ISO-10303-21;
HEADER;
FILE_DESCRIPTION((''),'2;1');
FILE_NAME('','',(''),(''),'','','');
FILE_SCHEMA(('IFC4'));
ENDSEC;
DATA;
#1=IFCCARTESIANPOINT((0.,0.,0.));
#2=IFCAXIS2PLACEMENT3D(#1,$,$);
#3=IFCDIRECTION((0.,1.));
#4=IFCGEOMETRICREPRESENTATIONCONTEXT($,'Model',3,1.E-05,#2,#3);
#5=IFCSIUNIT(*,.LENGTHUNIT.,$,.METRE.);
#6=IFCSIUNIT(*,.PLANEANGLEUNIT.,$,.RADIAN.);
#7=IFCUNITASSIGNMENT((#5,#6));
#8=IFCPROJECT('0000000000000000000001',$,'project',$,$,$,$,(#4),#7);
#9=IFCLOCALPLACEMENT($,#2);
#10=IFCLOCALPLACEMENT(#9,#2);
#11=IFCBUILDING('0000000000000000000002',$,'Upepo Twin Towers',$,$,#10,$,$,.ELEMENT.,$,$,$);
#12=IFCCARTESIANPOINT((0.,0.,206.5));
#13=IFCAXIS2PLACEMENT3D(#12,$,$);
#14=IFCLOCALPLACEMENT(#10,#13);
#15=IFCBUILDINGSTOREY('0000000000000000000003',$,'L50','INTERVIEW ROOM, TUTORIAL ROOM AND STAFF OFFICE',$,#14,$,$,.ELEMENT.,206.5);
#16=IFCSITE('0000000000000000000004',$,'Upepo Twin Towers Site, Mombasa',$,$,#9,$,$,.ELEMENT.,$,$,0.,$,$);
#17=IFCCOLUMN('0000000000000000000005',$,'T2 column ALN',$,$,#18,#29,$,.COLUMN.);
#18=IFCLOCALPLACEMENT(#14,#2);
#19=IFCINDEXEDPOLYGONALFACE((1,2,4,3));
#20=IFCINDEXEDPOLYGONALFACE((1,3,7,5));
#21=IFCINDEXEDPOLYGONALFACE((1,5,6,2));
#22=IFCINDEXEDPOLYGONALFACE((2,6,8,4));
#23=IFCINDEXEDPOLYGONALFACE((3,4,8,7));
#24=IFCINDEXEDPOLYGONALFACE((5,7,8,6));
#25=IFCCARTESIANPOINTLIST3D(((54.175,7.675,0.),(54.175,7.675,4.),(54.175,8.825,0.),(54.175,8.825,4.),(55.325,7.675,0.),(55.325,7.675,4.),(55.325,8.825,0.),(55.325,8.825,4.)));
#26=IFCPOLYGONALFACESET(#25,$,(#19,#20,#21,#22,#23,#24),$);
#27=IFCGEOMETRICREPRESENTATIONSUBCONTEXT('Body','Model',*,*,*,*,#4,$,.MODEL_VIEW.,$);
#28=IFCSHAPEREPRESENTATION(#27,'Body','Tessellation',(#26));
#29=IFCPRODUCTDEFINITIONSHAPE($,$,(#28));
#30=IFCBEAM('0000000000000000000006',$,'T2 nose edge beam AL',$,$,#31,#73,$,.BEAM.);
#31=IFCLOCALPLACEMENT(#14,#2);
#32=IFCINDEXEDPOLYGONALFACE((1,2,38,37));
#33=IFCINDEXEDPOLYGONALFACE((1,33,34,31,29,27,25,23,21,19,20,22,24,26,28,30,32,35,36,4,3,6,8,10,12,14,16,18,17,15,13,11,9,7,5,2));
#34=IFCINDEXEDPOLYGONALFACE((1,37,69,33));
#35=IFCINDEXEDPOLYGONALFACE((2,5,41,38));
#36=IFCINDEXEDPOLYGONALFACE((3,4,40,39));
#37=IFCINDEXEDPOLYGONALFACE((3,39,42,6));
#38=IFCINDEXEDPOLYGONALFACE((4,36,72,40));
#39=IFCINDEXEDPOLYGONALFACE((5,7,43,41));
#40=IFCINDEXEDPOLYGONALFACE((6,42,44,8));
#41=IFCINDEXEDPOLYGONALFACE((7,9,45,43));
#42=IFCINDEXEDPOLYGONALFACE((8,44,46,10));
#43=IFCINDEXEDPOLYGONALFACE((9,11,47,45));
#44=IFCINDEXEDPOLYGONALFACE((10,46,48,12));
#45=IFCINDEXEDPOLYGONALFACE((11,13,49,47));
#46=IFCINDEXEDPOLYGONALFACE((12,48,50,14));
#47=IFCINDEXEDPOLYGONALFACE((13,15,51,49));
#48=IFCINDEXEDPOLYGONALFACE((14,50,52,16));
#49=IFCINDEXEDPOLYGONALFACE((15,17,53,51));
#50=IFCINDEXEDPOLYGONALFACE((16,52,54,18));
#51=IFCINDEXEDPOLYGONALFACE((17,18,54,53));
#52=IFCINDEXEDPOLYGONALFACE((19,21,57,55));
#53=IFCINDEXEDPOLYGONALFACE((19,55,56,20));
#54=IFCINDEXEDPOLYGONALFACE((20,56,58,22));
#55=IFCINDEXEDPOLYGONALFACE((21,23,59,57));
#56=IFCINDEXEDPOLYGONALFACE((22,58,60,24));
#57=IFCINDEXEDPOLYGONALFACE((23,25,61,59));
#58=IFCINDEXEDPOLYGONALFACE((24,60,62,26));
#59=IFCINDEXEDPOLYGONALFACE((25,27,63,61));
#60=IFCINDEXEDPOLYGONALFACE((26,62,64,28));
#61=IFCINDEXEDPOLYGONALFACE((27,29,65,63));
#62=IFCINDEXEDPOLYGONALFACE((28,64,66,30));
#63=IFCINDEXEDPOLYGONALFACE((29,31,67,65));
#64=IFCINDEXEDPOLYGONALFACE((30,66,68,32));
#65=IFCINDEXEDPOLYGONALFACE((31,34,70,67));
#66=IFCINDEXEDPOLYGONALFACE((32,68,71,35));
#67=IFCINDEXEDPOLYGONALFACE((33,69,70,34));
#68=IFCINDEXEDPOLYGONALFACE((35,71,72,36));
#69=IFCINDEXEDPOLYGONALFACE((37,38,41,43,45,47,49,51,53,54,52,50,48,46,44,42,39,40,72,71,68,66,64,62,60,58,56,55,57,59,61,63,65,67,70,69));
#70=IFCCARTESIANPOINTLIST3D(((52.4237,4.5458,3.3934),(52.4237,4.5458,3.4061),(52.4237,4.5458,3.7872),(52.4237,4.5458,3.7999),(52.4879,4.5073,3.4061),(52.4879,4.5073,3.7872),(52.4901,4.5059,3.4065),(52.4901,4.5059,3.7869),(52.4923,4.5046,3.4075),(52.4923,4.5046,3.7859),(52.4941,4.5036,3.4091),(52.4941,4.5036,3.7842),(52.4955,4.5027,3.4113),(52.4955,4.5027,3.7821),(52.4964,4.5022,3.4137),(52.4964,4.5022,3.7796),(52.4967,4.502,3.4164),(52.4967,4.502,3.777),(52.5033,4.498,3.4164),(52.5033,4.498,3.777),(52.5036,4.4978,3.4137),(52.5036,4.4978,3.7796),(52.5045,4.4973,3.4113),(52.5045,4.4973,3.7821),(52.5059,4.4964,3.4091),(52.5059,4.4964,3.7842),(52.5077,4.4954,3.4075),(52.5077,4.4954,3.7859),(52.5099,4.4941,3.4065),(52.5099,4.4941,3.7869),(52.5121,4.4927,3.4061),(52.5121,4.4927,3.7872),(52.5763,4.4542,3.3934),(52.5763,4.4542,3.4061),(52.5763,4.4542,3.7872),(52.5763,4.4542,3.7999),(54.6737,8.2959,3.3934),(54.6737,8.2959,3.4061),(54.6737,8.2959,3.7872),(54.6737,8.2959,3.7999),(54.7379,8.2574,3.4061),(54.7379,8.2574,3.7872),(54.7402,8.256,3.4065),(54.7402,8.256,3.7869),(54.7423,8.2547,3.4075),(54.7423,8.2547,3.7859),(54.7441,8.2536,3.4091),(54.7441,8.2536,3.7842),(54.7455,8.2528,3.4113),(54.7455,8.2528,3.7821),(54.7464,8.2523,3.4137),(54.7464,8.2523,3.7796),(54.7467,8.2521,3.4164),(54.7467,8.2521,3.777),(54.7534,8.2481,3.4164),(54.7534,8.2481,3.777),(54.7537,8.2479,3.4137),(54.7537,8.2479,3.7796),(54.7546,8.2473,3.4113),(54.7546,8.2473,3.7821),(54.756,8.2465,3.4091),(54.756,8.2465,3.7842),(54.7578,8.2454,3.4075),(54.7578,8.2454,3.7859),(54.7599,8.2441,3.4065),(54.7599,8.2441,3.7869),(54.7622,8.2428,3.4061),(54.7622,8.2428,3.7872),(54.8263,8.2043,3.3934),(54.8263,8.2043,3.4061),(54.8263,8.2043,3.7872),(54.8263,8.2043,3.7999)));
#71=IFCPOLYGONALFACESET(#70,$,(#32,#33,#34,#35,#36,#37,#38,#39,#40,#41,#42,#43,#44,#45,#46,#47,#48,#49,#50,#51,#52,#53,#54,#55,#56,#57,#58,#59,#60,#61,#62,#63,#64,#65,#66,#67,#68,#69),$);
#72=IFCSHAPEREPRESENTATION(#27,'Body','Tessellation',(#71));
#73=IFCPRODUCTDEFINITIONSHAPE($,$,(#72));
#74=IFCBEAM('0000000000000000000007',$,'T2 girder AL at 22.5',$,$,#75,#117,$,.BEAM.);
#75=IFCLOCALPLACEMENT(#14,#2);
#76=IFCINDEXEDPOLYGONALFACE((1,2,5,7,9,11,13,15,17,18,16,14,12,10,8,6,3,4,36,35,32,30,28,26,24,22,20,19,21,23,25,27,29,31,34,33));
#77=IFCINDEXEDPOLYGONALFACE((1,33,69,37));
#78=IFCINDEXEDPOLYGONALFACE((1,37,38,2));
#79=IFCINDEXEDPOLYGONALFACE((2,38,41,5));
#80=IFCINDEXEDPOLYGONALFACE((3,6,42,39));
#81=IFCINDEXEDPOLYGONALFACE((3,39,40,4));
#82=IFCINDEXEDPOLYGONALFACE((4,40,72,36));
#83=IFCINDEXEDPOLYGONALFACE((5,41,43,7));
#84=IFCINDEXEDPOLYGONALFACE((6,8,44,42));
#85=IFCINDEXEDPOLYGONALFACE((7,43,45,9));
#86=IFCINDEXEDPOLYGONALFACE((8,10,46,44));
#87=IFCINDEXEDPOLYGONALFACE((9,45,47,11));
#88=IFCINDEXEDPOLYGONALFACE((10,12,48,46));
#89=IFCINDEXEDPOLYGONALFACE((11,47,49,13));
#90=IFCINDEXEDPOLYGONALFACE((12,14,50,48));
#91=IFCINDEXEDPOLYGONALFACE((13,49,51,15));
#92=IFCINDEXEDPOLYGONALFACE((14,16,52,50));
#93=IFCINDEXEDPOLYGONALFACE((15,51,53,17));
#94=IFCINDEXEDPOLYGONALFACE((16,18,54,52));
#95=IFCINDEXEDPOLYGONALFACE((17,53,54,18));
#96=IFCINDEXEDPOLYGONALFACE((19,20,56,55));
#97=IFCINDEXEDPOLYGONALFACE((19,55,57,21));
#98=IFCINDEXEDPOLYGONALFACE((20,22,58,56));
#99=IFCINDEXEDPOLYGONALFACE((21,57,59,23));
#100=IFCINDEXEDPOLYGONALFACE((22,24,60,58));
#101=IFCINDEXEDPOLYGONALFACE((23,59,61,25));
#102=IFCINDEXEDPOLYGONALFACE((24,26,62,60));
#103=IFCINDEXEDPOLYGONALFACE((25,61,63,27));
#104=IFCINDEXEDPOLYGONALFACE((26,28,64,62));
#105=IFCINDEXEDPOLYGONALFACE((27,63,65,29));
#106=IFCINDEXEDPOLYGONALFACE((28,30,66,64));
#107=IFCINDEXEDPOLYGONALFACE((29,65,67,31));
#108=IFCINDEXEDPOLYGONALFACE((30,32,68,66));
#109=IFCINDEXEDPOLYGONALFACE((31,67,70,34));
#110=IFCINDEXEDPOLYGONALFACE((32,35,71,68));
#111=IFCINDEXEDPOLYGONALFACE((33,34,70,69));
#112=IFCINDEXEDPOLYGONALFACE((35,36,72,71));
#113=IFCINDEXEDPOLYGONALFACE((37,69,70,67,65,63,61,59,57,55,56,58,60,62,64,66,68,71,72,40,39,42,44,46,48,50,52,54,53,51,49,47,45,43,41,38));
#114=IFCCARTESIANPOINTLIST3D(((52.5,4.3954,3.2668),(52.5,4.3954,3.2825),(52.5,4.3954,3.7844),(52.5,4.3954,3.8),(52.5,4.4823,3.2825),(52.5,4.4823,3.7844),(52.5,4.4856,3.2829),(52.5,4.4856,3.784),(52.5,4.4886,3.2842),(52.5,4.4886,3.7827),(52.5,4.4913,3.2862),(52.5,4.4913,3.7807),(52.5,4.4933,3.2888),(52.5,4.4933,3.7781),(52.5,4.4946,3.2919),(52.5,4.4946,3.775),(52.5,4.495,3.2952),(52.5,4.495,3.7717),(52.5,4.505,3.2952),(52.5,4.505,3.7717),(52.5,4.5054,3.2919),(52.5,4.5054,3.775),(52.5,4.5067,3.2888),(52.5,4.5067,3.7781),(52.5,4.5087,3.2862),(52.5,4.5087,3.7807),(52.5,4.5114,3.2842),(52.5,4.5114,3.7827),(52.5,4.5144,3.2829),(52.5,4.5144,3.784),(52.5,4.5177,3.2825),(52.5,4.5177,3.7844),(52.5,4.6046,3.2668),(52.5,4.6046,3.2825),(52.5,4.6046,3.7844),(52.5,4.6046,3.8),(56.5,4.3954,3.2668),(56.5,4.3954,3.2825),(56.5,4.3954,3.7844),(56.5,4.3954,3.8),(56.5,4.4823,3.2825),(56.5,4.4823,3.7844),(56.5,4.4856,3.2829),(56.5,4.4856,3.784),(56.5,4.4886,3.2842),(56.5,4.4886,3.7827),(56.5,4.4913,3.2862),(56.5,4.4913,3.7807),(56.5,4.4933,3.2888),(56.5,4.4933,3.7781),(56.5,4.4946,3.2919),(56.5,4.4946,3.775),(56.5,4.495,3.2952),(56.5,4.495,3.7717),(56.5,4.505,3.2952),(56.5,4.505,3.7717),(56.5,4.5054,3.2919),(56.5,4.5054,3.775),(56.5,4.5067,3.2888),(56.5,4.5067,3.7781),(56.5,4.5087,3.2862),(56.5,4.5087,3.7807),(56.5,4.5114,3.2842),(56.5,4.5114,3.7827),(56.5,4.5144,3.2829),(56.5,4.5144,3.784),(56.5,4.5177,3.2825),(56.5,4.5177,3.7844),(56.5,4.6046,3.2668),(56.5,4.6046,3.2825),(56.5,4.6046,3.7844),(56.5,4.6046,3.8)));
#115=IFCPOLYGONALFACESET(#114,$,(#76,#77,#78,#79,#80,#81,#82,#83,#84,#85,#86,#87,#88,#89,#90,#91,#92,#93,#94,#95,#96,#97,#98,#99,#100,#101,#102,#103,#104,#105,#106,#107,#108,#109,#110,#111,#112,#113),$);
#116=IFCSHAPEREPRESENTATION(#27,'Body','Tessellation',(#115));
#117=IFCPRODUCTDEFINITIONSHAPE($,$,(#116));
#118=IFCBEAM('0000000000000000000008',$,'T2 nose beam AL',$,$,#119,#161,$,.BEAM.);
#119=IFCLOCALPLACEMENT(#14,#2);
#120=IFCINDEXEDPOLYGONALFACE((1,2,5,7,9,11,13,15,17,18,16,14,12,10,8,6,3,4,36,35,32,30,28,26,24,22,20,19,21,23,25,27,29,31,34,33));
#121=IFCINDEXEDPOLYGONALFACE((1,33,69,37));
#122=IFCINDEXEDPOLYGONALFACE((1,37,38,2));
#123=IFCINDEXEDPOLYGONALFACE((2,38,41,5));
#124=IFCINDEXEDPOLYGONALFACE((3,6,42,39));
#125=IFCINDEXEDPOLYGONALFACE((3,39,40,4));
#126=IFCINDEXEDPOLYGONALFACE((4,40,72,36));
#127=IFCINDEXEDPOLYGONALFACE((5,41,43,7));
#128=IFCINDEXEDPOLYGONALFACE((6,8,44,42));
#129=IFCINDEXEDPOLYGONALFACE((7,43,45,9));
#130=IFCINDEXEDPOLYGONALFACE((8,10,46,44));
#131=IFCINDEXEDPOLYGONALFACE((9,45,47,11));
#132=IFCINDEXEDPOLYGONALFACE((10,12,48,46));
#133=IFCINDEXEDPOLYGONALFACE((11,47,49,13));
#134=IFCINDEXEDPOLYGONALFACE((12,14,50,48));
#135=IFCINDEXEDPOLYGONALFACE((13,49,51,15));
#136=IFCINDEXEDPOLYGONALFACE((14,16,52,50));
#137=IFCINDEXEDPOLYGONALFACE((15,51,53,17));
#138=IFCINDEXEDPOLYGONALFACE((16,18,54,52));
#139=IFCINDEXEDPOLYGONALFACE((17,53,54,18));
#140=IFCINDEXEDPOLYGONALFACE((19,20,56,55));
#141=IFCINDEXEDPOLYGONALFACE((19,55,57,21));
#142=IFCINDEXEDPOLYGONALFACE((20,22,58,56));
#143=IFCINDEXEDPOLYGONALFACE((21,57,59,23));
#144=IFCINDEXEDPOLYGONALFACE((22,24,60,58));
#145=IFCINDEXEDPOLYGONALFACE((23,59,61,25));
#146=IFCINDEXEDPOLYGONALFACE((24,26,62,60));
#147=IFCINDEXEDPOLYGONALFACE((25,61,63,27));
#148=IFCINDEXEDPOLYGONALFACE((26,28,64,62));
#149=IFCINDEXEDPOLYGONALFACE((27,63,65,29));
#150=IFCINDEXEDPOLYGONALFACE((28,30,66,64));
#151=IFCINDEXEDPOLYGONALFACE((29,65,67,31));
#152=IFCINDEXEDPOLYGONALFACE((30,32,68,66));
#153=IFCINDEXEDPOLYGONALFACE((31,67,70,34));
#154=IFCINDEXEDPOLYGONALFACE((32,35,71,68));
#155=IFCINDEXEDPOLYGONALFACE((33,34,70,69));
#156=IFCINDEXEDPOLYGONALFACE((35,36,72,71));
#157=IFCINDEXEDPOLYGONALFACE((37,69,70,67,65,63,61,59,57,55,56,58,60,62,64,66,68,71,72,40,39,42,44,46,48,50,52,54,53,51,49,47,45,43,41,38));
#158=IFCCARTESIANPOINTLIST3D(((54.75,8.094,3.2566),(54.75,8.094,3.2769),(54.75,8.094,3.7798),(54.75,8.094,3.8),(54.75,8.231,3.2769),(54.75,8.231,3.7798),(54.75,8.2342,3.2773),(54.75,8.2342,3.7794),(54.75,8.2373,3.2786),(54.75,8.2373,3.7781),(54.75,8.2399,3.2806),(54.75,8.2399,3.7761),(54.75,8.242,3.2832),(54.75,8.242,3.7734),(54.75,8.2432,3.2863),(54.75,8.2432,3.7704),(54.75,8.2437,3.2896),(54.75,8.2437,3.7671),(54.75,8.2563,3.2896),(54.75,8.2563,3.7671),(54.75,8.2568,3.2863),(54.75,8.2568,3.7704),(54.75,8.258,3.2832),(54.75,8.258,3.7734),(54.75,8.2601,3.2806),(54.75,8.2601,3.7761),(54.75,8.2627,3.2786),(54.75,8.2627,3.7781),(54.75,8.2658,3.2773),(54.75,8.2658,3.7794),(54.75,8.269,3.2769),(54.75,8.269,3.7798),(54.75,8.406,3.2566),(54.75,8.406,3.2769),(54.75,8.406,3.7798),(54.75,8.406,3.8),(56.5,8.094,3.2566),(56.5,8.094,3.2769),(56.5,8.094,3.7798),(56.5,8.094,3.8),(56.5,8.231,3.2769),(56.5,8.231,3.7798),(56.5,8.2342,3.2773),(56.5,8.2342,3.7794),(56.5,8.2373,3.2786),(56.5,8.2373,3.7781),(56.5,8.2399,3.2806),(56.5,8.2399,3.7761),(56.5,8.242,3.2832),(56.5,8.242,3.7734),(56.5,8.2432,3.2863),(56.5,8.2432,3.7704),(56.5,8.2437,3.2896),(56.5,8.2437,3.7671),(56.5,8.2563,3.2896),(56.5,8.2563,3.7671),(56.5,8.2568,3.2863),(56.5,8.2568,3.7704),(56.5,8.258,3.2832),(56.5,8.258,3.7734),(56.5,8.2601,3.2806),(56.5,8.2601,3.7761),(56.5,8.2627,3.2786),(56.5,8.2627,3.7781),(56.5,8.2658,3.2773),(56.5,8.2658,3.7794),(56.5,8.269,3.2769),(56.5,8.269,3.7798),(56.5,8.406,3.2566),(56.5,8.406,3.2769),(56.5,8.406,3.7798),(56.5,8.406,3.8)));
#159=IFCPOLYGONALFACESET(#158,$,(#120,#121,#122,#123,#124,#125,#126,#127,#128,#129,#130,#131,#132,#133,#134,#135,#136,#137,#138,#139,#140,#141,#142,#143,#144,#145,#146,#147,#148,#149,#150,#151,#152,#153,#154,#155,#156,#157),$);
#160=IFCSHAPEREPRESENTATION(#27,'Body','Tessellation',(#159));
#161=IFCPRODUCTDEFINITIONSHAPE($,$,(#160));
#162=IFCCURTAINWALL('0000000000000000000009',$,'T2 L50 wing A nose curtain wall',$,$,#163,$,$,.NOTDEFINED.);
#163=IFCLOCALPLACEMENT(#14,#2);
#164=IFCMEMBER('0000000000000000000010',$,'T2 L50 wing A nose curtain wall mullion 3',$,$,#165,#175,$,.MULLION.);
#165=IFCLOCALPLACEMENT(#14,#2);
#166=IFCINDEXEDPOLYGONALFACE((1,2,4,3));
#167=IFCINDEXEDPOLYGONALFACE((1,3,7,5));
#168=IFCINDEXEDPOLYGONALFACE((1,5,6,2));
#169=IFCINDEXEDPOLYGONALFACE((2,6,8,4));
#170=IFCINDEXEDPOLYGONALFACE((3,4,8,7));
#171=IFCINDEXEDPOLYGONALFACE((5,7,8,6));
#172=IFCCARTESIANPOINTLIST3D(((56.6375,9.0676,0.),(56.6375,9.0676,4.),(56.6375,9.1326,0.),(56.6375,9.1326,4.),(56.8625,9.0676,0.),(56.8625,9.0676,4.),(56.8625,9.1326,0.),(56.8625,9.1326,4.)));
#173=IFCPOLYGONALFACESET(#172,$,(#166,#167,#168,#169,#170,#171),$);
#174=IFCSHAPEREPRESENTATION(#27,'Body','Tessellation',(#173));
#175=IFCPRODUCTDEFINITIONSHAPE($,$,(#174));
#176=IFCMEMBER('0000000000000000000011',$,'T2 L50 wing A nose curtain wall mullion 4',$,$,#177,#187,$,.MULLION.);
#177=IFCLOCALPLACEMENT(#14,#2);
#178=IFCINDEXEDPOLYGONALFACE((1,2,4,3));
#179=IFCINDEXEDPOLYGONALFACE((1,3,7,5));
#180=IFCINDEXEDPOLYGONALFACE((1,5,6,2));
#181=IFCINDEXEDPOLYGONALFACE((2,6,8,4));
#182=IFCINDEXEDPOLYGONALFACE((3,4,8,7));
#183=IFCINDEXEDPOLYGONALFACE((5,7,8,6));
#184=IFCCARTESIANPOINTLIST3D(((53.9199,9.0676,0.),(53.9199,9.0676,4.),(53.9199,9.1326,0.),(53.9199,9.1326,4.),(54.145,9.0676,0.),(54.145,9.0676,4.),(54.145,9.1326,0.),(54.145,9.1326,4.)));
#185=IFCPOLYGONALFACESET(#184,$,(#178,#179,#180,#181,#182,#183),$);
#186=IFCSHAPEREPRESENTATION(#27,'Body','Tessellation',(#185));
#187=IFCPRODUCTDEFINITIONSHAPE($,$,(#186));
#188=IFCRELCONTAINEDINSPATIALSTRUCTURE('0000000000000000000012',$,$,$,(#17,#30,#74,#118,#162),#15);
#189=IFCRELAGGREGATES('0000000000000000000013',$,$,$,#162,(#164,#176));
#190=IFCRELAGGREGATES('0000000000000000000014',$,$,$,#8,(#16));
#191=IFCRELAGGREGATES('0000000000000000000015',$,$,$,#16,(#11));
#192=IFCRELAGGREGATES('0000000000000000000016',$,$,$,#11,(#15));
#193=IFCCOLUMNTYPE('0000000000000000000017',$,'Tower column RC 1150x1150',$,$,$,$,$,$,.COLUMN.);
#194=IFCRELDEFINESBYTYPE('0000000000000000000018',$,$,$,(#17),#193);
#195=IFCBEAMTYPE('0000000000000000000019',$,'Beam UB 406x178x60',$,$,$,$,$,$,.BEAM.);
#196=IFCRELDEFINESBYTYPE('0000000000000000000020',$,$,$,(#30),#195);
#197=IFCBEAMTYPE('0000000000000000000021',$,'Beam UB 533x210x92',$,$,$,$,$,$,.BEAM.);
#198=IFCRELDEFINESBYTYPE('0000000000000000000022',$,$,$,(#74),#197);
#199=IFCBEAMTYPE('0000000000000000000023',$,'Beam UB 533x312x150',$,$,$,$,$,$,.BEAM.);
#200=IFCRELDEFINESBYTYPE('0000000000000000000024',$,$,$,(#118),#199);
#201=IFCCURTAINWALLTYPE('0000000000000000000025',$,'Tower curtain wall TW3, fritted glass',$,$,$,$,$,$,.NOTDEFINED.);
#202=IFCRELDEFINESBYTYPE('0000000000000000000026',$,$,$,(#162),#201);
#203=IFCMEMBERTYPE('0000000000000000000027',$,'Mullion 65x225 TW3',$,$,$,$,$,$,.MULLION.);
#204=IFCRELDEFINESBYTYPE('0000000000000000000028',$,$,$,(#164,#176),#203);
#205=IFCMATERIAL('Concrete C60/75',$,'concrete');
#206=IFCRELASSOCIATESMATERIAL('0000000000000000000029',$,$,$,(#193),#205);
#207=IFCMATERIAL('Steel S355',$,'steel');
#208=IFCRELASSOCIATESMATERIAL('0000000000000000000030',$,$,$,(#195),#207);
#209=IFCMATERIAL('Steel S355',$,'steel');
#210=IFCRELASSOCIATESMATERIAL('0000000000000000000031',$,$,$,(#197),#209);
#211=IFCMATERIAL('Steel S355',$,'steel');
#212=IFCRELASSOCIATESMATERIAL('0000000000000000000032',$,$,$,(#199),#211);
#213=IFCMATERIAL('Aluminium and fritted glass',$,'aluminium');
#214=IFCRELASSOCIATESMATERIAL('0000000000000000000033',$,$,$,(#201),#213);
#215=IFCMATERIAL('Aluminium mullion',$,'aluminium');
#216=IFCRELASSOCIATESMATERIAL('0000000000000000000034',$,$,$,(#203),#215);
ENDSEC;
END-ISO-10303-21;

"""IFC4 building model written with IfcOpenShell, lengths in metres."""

from ifc_helpers import new_model, si_unit, direction, frame, origin, origin_2d, place, context, subcontext, project, spatial, rectangle, i_section, extrude, material, material_profile, profile_set, type_object, element, aggregate, save


model = new_model("IFC4")

# Units and contexts
model_context = context("Model", 3, precision=1e-05, world=origin(), true_north=direction((0.0, 1.0)))
body_context = subcontext(model_context, "Body", "Model", "MODEL_VIEW")
ifc_project = project(units=[si_unit("LENGTHUNIT", "METRE"), si_unit("PLANEANGLEUNIT", "RADIAN")], contexts=[model_context])

# Site, building, storey
site_placement = place(None, origin())
site = spatial("IfcSite", under=ifc_project, at=site_placement, Name="Upepo Twin Towers Site, Mombasa", CompositionType="ELEMENT", RefElevation=0.0)
building_placement = place(site_placement, origin())
building = spatial("IfcBuilding", under=site, at=building_placement, Name="Upepo Twin Towers", CompositionType="ELEMENT")
storey_placement = place(building_placement, frame((0.0, 0.0, 206.5)))
storey = spatial("IfcBuildingStorey", under=building, at=storey_placement, Name="L50", Description="INTERVIEW ROOM, TUTORIAL ROOM AND STAFF OFFICE", CompositionType="ELEMENT", Elevation=206.5)

# Column
ifc_material_1 = material(Name="Concrete C60/75", Category="concrete")
ifc_material_profile_1 = material_profile(ifc_material_1, rectangle(XDim=1.1499, YDim=1.1499, at=origin_2d()), Name="RC 1150x1150")
ifc_profile_set_1 = profile_set([ifc_material_profile_1], Name="Concrete C60/75")
column_type = type_object("IfcColumnType", Name="Tower column RC 1150x1150", PredefinedType="COLUMN", material=ifc_profile_set_1)
column_placement = place(storey_placement, frame((54.75, 8.25, 0.0), z_axis=(0.0, 0.0, 1.0), x_axis=(1.0, 0.0, 0.0)))
element("IfcColumn", 1, at=column_placement, inside=storey, type_object=column_type, Name="T2 column ALN", PredefinedType="COLUMN", context=body_context, shape_type="SweptSolid", body=[
    extrude(rectangle(XDim=1.1499, YDim=1.1499, at=origin_2d()), origin(), (0.0, 0.0, 1.0), 4.0),
])

# Beams
ifc_material_2 = material(Name="Steel S355", Category="steel")
ifc_material_profile_2 = material_profile(ifc_material_2, i_section(OverallWidth=0.178, OverallDepth=0.4065, WebThickness=0.0078, FlangeThickness=0.0127, FilletRadius=0.0103, at=origin_2d()), Name="UB 406x178x60")
ifc_profile_set_2 = profile_set([ifc_material_profile_2], Name="Steel S355")
beam_type_1 = type_object("IfcBeamType", Name="Beam UB 406x178x60", PredefinedType="BEAM", material=ifc_profile_set_2)
beam_1_placement = place(storey_placement, frame((52.5, 4.5, 3.5967), z_axis=(0.514496, 0.857493, 0.0), x_axis=(-0.857493, 0.514496, 0.0)))
element("IfcBeam", 2, at=beam_1_placement, inside=storey, type_object=beam_type_1, Name="T2 nose edge beam AL", PredefinedType="BEAM", context=body_context, shape_type="SweptSolid", body=[
    extrude(i_section(OverallWidth=0.178, OverallDepth=0.4065, WebThickness=0.0078, FlangeThickness=0.0127, FilletRadius=0.0103, at=origin_2d()), origin(), (0.0, 0.0, 1.0), 4.3733),
])
ifc_material_3 = material(Name="Steel S355", Category="steel")
ifc_material_profile_3 = material_profile(ifc_material_3, i_section(OverallWidth=0.2092, OverallDepth=0.5332, WebThickness=0.01, FlangeThickness=0.0156, FilletRadius=0.0127, at=origin_2d()), Name="UB 533x210x92")
ifc_profile_set_3 = profile_set([ifc_material_profile_3], Name="Steel S355")
beam_type_2 = type_object("IfcBeamType", Name="Beam UB 533x210x92", PredefinedType="BEAM", material=ifc_profile_set_3)
beam_2_placement = place(storey_placement, frame((52.5, 4.5, 3.5334), z_axis=(1.0, 0.0, 0.0), x_axis=(0.0, 1.0, 0.0)))
element("IfcBeam", 3, at=beam_2_placement, inside=storey, type_object=beam_type_2, Name="T2 girder AL at 22.5", PredefinedType="BEAM", context=body_context, shape_type="SweptSolid", body=[
    extrude(i_section(OverallWidth=0.2092, OverallDepth=0.5332, WebThickness=0.01, FlangeThickness=0.0156, FilletRadius=0.0127, at=origin_2d()), origin(), (0.0, 0.0, 1.0), 4.0),
])
ifc_material_4 = material(Name="Steel S355", Category="steel")
ifc_material_profile_4 = material_profile(ifc_material_4, i_section(OverallWidth=0.312, OverallDepth=0.5435, WebThickness=0.0127, FlangeThickness=0.0203, FilletRadius=0.0127, at=origin_2d()), Name="UB 533x312x150")
ifc_profile_set_4 = profile_set([ifc_material_profile_4], Name="Steel S355")
beam_type_3 = type_object("IfcBeamType", Name="Beam UB 533x312x150", PredefinedType="BEAM", material=ifc_profile_set_4)
beam_3_placement = place(storey_placement, frame((54.75, 8.25, 3.5283), z_axis=(1.0, 0.0, 0.0), x_axis=(0.0, 1.0, 0.0)))
element("IfcBeam", 4, at=beam_3_placement, inside=storey, type_object=beam_type_3, Name="T2 nose beam AL", PredefinedType="BEAM", context=body_context, shape_type="SweptSolid", body=[
    extrude(i_section(OverallWidth=0.312, OverallDepth=0.5435, WebThickness=0.0127, FlangeThickness=0.0203, FilletRadius=0.0127, at=origin_2d()), origin(), (0.0, 0.0, 1.0), 1.75),
])

# Curtain wall, members
ifc_material_5 = material(Name="Aluminium and fritted glass", Category="aluminium")
curtain_wall_type = type_object("IfcCurtainWallType", Name="Tower curtain wall TW3, fritted glass", PredefinedType="NOTDEFINED", material=ifc_material_5)
curtain_wall_placement = place(storey_placement, origin())
curtain_wall = element("IfcCurtainWall", 5, at=curtain_wall_placement, inside=storey, type_object=curtain_wall_type, Name="T2 L50 wing A nose curtain wall", PredefinedType="NOTDEFINED")
ifc_material_6 = material(Name="Aluminium mullion", Category="aluminium")
ifc_material_profile_5 = material_profile(ifc_material_6, rectangle(XDim=0.0649, YDim=0.2251, at=origin_2d()), Name="MULLION 65x225")
ifc_profile_set_5 = profile_set([ifc_material_profile_5], Name="Aluminium mullion")
member_type_1 = type_object("IfcMemberType", Name="Mullion 65x225 TW3", PredefinedType="MULLION", material=ifc_profile_set_5)
member_1_placement = place(storey_placement, frame((56.75, 9.1001, 0.0), z_axis=(0.0, 0.0, 1.0), x_axis=(0.0, -1.0, 0.0)))
member_1 = element("IfcMember", 6, at=member_1_placement, type_object=member_type_1, Name="T2 L50 wing A nose curtain wall mullion 3", PredefinedType="MULLION", context=body_context, shape_type="SweptSolid", body=[
    extrude(rectangle(XDim=0.0649, YDim=0.2251, at=origin_2d()), origin(), (0.0, 0.0, 1.0), 4.0),
])
member_2_placement = place(storey_placement, frame((54.0325, 9.1001, 0.0), z_axis=(0.0, 0.0, 1.0), x_axis=(0.0, -1.0, 0.0)))
member_2 = element("IfcMember", 7, at=member_2_placement, type_object=member_type_1, Name="T2 L50 wing A nose curtain wall mullion 4", PredefinedType="MULLION", context=body_context, shape_type="SweptSolid", body=[
    extrude(rectangle(XDim=0.0649, YDim=0.2251, at=origin_2d()), origin(), (0.0, 0.0, 1.0), 4.0),
])
aggregate(curtain_wall, [member_1, member_2])

save(model, "model.ifc")
